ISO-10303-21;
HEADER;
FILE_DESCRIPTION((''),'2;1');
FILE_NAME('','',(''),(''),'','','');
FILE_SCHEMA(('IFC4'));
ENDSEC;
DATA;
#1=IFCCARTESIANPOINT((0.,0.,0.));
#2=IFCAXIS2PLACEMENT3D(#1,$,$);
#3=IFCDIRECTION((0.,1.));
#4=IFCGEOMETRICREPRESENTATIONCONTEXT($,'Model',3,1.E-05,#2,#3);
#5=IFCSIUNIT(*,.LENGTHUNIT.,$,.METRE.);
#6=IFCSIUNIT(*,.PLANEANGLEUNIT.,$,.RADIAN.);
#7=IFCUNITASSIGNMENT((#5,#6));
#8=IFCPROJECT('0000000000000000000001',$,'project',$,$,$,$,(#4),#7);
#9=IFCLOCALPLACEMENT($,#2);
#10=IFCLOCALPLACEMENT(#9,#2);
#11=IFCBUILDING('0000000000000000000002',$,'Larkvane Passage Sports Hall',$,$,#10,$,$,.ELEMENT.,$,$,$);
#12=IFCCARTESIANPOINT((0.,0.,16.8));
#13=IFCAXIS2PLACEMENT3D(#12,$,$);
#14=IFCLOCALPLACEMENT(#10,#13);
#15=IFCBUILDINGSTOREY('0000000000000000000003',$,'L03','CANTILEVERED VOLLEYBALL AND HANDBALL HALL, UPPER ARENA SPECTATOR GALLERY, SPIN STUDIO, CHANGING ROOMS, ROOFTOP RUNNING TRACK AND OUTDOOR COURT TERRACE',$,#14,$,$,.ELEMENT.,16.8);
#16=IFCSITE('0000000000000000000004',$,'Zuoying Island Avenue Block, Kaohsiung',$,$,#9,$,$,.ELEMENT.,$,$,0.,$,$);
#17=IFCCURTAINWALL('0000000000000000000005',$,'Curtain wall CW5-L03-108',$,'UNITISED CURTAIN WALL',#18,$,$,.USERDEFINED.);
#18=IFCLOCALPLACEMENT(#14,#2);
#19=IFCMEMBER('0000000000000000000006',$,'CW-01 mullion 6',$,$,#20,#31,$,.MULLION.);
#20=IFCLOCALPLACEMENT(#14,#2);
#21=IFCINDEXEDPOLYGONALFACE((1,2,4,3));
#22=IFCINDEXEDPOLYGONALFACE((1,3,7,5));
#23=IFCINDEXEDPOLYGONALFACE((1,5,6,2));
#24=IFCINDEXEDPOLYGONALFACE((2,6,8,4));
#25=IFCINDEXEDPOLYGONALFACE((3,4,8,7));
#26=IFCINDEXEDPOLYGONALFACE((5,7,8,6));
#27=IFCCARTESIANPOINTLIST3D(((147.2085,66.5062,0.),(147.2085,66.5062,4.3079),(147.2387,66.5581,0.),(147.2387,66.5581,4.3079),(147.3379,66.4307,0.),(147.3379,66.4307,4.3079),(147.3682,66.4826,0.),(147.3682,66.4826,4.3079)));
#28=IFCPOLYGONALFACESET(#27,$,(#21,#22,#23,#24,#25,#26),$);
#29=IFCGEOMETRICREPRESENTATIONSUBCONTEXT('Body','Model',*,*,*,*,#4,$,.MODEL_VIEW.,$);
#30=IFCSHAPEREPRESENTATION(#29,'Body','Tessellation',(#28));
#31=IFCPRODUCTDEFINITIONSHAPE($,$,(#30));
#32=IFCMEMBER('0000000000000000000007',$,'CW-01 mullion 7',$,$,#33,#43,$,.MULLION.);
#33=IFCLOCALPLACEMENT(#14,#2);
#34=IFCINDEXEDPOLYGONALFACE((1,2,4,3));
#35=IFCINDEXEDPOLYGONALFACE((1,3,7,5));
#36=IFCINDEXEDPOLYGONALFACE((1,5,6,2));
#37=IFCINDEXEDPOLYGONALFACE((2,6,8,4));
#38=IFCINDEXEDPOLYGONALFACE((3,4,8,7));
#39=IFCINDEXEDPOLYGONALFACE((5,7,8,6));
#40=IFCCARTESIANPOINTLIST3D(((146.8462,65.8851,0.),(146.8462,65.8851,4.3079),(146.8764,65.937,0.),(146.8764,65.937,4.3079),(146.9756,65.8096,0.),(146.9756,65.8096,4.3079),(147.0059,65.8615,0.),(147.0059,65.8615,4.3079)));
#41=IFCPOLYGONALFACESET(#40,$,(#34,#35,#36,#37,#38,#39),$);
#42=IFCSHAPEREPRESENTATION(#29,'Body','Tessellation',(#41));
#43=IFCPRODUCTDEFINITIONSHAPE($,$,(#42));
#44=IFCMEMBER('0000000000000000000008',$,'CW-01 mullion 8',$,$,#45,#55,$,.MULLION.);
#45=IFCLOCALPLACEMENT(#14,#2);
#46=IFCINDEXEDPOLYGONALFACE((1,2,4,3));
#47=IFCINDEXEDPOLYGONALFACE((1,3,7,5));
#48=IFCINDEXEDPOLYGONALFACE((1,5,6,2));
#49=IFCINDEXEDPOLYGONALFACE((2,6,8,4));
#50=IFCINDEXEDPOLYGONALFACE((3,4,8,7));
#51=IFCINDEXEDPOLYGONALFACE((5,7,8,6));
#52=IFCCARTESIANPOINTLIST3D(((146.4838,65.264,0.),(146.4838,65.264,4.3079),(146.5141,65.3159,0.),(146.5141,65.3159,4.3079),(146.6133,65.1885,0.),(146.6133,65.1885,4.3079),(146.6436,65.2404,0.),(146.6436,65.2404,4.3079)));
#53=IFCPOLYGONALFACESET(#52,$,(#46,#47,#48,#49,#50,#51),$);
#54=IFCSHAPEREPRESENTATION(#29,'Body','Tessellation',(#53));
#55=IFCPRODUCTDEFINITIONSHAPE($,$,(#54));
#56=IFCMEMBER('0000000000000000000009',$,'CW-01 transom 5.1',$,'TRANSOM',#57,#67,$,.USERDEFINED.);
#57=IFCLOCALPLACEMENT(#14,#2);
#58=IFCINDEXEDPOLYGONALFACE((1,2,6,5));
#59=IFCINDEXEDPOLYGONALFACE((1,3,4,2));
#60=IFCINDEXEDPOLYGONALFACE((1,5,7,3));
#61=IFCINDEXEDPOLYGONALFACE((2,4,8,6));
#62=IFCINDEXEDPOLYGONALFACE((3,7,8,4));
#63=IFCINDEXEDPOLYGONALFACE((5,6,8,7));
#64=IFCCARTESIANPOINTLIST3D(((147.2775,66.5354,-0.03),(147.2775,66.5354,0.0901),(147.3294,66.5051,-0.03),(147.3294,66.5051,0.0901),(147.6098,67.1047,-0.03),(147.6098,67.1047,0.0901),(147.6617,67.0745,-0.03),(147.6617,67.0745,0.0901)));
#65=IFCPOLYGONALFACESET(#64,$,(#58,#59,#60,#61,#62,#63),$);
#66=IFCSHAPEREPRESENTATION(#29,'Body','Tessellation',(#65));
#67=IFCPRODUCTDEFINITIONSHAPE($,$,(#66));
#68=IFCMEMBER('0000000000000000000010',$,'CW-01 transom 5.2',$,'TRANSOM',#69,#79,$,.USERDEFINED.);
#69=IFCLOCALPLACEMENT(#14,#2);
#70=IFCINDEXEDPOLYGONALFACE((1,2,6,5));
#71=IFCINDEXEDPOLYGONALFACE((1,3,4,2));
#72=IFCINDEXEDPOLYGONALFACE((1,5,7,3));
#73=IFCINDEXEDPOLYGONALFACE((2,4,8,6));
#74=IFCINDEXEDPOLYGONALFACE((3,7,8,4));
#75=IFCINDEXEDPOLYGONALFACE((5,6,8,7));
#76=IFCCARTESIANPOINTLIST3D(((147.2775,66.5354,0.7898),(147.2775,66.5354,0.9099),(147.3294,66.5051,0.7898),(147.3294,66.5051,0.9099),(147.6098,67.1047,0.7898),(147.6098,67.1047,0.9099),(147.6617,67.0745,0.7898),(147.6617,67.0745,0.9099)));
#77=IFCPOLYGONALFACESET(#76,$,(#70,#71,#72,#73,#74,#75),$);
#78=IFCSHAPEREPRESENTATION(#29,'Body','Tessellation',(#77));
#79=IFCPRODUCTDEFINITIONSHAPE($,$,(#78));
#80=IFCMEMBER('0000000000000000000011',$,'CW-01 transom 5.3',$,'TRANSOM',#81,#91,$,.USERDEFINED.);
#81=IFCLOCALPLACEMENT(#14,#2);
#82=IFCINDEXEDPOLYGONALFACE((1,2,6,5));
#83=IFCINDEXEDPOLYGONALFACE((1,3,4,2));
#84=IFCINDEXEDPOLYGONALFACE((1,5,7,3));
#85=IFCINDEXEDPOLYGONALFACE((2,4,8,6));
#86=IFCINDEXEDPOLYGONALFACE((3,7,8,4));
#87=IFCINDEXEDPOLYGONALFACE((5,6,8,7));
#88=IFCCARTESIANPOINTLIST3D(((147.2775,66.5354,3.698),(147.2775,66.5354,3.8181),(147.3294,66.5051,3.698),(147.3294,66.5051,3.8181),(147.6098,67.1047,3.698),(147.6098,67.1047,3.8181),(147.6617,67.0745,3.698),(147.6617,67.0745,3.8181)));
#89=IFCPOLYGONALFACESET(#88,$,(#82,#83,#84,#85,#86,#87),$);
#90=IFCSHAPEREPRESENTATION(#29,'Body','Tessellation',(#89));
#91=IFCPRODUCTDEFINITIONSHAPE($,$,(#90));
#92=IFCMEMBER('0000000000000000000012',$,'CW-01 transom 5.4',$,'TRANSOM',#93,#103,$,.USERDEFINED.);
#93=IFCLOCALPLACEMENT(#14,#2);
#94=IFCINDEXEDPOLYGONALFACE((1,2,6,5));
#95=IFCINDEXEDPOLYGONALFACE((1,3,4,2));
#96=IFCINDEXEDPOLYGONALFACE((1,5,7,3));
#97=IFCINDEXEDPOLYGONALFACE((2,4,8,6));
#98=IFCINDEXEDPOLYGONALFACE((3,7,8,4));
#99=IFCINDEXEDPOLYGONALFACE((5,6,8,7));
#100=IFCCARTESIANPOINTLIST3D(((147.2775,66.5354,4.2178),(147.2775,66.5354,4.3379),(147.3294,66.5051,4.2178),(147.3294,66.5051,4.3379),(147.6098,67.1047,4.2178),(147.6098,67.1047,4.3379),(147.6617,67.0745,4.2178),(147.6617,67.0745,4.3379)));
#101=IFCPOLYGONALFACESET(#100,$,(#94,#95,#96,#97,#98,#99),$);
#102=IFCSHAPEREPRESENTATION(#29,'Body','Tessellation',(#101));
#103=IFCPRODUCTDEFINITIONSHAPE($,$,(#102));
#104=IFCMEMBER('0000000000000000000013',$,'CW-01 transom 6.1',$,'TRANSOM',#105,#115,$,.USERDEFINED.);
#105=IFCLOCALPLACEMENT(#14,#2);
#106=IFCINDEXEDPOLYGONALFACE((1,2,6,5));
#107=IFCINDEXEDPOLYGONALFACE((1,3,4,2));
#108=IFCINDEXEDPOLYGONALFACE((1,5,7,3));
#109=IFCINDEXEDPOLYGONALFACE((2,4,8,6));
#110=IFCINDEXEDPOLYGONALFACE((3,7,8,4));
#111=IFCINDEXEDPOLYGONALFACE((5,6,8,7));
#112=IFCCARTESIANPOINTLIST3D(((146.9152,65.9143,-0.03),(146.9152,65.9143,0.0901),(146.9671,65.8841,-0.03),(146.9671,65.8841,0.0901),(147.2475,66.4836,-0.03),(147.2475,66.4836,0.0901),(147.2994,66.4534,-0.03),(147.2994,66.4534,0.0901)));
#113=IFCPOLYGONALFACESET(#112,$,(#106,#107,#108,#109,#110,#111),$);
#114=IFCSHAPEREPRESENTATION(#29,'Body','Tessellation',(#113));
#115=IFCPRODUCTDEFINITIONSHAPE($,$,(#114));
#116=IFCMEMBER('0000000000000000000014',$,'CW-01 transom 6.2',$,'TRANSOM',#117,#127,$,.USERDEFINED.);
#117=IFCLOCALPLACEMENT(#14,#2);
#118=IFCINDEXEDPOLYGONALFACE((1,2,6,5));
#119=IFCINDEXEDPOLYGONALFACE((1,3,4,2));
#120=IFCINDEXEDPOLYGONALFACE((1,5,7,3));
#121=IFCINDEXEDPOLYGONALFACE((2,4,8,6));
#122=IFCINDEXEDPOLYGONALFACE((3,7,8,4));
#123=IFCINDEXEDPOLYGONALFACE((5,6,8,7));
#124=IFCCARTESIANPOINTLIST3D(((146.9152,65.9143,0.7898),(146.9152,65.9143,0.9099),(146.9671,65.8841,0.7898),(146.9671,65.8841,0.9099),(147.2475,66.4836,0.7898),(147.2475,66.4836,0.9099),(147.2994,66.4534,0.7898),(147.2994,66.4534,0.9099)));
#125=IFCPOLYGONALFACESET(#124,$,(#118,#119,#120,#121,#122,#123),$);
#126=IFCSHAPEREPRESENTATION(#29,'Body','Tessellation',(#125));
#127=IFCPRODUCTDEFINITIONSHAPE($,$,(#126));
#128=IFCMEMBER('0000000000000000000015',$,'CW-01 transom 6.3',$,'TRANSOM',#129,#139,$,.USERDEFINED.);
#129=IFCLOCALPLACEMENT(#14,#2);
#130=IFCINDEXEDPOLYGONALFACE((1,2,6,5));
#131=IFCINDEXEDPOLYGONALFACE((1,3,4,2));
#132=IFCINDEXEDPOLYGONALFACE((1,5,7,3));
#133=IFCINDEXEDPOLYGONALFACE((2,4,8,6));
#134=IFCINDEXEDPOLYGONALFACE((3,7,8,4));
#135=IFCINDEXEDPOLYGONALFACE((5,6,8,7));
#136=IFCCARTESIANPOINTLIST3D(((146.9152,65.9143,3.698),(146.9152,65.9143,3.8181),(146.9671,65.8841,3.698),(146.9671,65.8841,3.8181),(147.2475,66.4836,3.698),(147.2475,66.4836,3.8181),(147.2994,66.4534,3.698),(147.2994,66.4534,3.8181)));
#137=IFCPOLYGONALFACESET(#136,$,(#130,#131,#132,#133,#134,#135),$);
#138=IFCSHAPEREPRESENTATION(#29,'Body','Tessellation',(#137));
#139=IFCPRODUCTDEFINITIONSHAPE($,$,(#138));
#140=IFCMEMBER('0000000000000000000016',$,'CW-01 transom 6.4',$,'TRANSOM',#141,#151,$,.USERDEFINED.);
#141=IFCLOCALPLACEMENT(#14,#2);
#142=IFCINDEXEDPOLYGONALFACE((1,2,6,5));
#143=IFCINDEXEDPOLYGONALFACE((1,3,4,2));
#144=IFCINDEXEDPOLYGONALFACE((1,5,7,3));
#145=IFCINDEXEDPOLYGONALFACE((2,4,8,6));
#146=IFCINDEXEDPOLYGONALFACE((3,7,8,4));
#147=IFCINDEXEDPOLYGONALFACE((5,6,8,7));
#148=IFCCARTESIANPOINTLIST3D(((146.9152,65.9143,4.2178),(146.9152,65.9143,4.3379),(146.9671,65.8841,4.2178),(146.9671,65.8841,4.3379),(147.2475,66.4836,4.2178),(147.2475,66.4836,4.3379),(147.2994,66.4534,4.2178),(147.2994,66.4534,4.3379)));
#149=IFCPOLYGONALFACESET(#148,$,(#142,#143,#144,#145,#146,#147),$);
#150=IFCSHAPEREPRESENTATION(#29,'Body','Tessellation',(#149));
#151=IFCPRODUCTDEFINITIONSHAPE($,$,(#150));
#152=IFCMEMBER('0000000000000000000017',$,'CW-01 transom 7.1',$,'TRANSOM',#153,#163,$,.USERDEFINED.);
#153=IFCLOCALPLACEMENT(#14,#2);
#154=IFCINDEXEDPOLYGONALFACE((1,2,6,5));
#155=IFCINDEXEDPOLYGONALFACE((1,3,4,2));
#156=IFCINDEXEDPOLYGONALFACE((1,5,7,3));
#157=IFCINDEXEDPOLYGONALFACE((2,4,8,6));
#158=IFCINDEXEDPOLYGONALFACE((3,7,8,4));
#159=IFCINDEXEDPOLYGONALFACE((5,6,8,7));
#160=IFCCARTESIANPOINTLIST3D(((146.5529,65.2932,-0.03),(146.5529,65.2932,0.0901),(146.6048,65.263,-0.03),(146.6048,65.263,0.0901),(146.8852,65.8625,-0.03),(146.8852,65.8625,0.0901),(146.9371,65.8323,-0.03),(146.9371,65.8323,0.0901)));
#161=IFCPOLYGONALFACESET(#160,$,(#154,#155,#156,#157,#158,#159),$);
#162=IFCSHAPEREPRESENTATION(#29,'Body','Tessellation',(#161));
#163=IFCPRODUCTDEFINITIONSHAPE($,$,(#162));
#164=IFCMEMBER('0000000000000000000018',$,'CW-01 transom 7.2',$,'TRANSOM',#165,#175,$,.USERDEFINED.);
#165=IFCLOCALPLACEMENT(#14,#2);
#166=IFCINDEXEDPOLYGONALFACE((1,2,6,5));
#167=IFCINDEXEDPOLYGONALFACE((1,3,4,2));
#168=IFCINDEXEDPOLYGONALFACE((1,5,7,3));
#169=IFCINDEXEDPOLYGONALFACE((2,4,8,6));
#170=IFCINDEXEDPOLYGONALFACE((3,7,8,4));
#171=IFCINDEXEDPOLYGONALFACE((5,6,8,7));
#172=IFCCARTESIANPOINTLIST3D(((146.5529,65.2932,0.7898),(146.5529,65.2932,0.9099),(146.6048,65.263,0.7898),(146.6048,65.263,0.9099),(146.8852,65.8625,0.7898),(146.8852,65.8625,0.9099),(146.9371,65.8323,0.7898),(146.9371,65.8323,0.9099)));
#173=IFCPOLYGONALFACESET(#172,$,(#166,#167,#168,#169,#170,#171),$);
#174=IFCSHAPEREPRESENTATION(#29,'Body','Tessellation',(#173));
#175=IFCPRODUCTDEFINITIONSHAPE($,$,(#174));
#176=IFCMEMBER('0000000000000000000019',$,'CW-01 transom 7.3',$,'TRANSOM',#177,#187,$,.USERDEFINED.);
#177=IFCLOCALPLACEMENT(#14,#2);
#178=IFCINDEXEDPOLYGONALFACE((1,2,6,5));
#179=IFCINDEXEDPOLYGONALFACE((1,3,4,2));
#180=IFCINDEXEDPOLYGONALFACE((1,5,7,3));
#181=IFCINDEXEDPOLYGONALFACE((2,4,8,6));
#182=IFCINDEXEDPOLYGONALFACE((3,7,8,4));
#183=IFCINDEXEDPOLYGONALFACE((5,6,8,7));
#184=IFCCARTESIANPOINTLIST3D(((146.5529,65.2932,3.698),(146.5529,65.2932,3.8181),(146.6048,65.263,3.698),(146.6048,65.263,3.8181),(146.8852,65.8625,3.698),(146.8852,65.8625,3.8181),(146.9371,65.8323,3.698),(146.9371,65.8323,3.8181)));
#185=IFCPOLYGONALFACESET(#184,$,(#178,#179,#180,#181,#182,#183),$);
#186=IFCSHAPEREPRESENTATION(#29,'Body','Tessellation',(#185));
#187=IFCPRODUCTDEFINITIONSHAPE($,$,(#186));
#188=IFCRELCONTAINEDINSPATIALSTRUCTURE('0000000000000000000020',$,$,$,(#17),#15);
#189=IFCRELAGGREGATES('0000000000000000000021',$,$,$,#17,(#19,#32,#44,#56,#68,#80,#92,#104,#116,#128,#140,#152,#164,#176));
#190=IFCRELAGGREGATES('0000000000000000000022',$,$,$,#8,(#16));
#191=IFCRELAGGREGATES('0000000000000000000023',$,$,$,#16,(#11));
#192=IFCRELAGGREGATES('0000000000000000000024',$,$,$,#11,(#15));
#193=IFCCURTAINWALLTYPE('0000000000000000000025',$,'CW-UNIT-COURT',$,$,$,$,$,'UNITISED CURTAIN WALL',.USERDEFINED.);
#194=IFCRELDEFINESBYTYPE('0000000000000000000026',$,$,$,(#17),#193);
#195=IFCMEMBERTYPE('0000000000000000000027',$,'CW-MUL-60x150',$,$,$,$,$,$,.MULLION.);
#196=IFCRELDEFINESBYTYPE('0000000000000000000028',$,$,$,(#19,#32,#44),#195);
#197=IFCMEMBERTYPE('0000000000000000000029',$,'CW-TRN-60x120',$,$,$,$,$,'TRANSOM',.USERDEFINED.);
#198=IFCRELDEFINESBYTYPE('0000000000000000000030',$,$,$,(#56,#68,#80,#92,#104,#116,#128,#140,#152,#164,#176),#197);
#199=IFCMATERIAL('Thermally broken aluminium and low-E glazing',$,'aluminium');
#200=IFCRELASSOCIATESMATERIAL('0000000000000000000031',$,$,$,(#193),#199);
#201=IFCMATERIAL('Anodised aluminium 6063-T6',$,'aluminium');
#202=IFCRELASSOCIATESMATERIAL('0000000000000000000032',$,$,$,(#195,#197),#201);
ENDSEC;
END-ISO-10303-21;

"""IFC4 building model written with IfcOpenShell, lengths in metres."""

from ifc_helpers import new_model, si_unit, direction, frame, origin, origin_2d, place, context, subcontext, project, spatial, rectangle, extrude, material, material_profile, profile_set, type_object, element, aggregate, save


model = new_model("IFC4")

# Units and contexts
model_context = context("Model", 3, precision=1e-05, world=origin(), true_north=direction((0.0, 1.0)))
body_context = subcontext(model_context, "Body", "Model", "MODEL_VIEW")
ifc_project = project(units=[si_unit("LENGTHUNIT", "METRE"), si_unit("PLANEANGLEUNIT", "RADIAN")], contexts=[model_context])

# Site, building, storey
site_placement = place(None, origin())
site = spatial("IfcSite", under=ifc_project, at=site_placement, Name="Zuoying Island Avenue Block, Kaohsiung", CompositionType="ELEMENT", RefElevation=0.0)
building_placement = place(site_placement, origin())
building = spatial("IfcBuilding", under=site, at=building_placement, Name="Larkvane Passage Sports Hall", CompositionType="ELEMENT")
storey_placement = place(building_placement, frame((0.0, 0.0, 16.8)))
storey = spatial("IfcBuildingStorey", under=building, at=storey_placement, Name="L03", Description="CANTILEVERED VOLLEYBALL AND HANDBALL HALL, UPPER ARENA SPECTATOR GALLERY, SPIN STUDIO, CHANGING ROOMS, ROOFTOP RUNNING TRACK AND OUTDOOR COURT TERRACE", CompositionType="ELEMENT", Elevation=16.8)

# Curtain wall, members
ifc_material_1 = material(Name="Thermally broken aluminium and low-E glazing", Category="aluminium")
curtain_wall_type = type_object("IfcCurtainWallType", Name="CW-UNIT-COURT", ElementType="UNITISED CURTAIN WALL", PredefinedType="USERDEFINED", material=ifc_material_1)
curtain_wall_placement = place(storey_placement, origin())
curtain_wall = element("IfcCurtainWall", 1, at=curtain_wall_placement, inside=storey, type_object=curtain_wall_type, Name="Curtain wall CW5-L03-108", ObjectType="UNITISED CURTAIN WALL", PredefinedType="USERDEFINED")
ifc_material_2 = material(Name="Anodised aluminium 6063-T6", Category="aluminium")
ifc_material_profile_1 = material_profile(ifc_material_2, rectangle(XDim=0.0601, YDim=0.1499, at=origin_2d()), Name="ALU-MUL-60x150")
ifc_profile_set_1 = profile_set([ifc_material_profile_1], Name="Anodised aluminium 6063-T6")
member_type_1 = type_object("IfcMemberType", Name="CW-MUL-60x150", PredefinedType="MULLION", material=ifc_profile_set_1)
member_1_placement = place(storey_placement, frame((147.2883, 66.4944, 0.0), z_axis=(0.0, 0.0, 1.0), x_axis=(-0.503867, -0.863781, 0.0)))
member_1 = element("IfcMember", 2, at=member_1_placement, type_object=member_type_1, Name="CW-01 mullion 6", PredefinedType="MULLION", context=body_context, shape_type="SweptSolid", body=[
    extrude(rectangle(XDim=0.0601, YDim=0.1499, at=origin_2d()), origin(), (0.0, 0.0, 1.0), 4.3079),
])
member_2_placement = place(storey_placement, frame((146.926, 65.8733, 0.0), z_axis=(0.0, 0.0, 1.0), x_axis=(-0.503867, -0.863781, 0.0)))
member_2 = element("IfcMember", 3, at=member_2_placement, type_object=member_type_1, Name="CW-01 mullion 7", PredefinedType="MULLION", context=body_context, shape_type="SweptSolid", body=[
    extrude(rectangle(XDim=0.0601, YDim=0.1499, at=origin_2d()), origin(), (0.0, 0.0, 1.0), 4.3079),
])
member_3_placement = place(storey_placement, frame((146.5637, 65.2522, 0.0), z_axis=(0.0, 0.0, 1.0), x_axis=(-0.503867, -0.863781, 0.0)))
member_3 = element("IfcMember", 4, at=member_3_placement, type_object=member_type_1, Name="CW-01 mullion 8", PredefinedType="MULLION", context=body_context, shape_type="SweptSolid", body=[
    extrude(rectangle(XDim=0.0601, YDim=0.1499, at=origin_2d()), origin(), (0.0, 0.0, 1.0), 4.3079),
])
ifc_material_profile_2 = material_profile(ifc_material_2, rectangle(XDim=0.0601, YDim=0.1201, at=origin_2d()), Name="ALU-TRN-60x120")
ifc_profile_set_2 = profile_set([ifc_material_profile_2], Name="Anodised aluminium 6063-T6")
member_type_2 = type_object("IfcMemberType", Name="CW-TRN-60x120", ElementType="TRANSOM", PredefinedType="USERDEFINED", material=ifc_profile_set_2)
member_4_placement = place(storey_placement, frame((147.6357, 67.0896, 0.03), z_axis=(-0.504055, -0.863671, 0.0), x_axis=(0.863671, -0.504055, 0.0)))
member_4 = element("IfcMember", 5, at=member_4_placement, type_object=member_type_2, Name="CW-01 transom 5.1", ObjectType="TRANSOM", PredefinedType="USERDEFINED", context=body_context, shape_type="SweptSolid", body=[
    extrude(rectangle(XDim=0.0601, YDim=0.1201, at=origin_2d()), origin(), (0.0, 0.0, 1.0), 0.6592),
])
member_5_placement = place(storey_placement, frame((147.6357, 67.0896, 0.8499), z_axis=(-0.504055, -0.863671, 0.0), x_axis=(0.863671, -0.504055, 0.0)))
member_5 = element("IfcMember", 6, at=member_5_placement, type_object=member_type_2, Name="CW-01 transom 5.2", ObjectType="TRANSOM", PredefinedType="USERDEFINED", context=body_context, shape_type="SweptSolid", body=[
    extrude(rectangle(XDim=0.0601, YDim=0.1201, at=origin_2d()), origin(), (0.0, 0.0, 1.0), 0.6592),
])
member_6_placement = place(storey_placement, frame((147.6357, 67.0896, 3.7581), z_axis=(-0.504055, -0.863671, 0.0), x_axis=(0.863671, -0.504055, 0.0)))
member_6 = element("IfcMember", 7, at=member_6_placement, type_object=member_type_2, Name="CW-01 transom 5.3", ObjectType="TRANSOM", PredefinedType="USERDEFINED", context=body_context, shape_type="SweptSolid", body=[
    extrude(rectangle(XDim=0.0601, YDim=0.1201, at=origin_2d()), origin(), (0.0, 0.0, 1.0), 0.6592),
])
member_7_placement = place(storey_placement, frame((147.6357, 67.0896, 4.2778), z_axis=(-0.504055, -0.863671, 0.0), x_axis=(0.863671, -0.504055, 0.0)))
member_7 = element("IfcMember", 8, at=member_7_placement, type_object=member_type_2, Name="CW-01 transom 5.4", ObjectType="TRANSOM", PredefinedType="USERDEFINED", context=body_context, shape_type="SweptSolid", body=[
    extrude(rectangle(XDim=0.0601, YDim=0.1201, at=origin_2d()), origin(), (0.0, 0.0, 1.0), 0.6592),
])
member_8_placement = place(storey_placement, frame((147.2734, 66.4685, 0.03), z_axis=(-0.504055, -0.863671, 0.0), x_axis=(0.863671, -0.504055, 0.0)))
member_8 = element("IfcMember", 9, at=member_8_placement, type_object=member_type_2, Name="CW-01 transom 6.1", ObjectType="TRANSOM", PredefinedType="USERDEFINED", context=body_context, shape_type="SweptSolid", body=[
    extrude(rectangle(XDim=0.0601, YDim=0.1201, at=origin_2d()), origin(), (0.0, 0.0, 1.0), 0.6592),
])
member_9_placement = place(storey_placement, frame((147.2734, 66.4685, 0.8499), z_axis=(-0.504055, -0.863671, 0.0), x_axis=(0.863671, -0.504055, 0.0)))
member_9 = element("IfcMember", 10, at=member_9_placement, type_object=member_type_2, Name="CW-01 transom 6.2", ObjectType="TRANSOM", PredefinedType="USERDEFINED", context=body_context, shape_type="SweptSolid", body=[
    extrude(rectangle(XDim=0.0601, YDim=0.1201, at=origin_2d()), origin(), (0.0, 0.0, 1.0), 0.6592),
])
member_10_placement = place(storey_placement, frame((147.2734, 66.4685, 3.7581), z_axis=(-0.504055, -0.863671, 0.0), x_axis=(0.863671, -0.504055, 0.0)))
member_10 = element("IfcMember", 11, at=member_10_placement, type_object=member_type_2, Name="CW-01 transom 6.3", ObjectType="TRANSOM", PredefinedType="USERDEFINED", context=body_context, shape_type="SweptSolid", body=[
    extrude(rectangle(XDim=0.0601, YDim=0.1201, at=origin_2d()), origin(), (0.0, 0.0, 1.0), 0.6592),
])
member_11_placement = place(storey_placement, frame((147.2734, 66.4685, 4.2778), z_axis=(-0.504055, -0.863671, 0.0), x_axis=(0.863671, -0.504055, 0.0)))
member_11 = element("IfcMember", 12, at=member_11_placement, type_object=member_type_2, Name="CW-01 transom 6.4", ObjectType="TRANSOM", PredefinedType="USERDEFINED", context=body_context, shape_type="SweptSolid", body=[
    extrude(rectangle(XDim=0.0601, YDim=0.1201, at=origin_2d()), origin(), (0.0, 0.0, 1.0), 0.6592),
])
member_12_placement = place(storey_placement, frame((146.9111, 65.8474, 0.03), z_axis=(-0.504055, -0.863671, 0.0), x_axis=(0.863671, -0.504055, 0.0)))
member_12 = element("IfcMember", 13, at=member_12_placement, type_object=member_type_2, Name="CW-01 transom 7.1", ObjectType="TRANSOM", PredefinedType="USERDEFINED", context=body_context, shape_type="SweptSolid", body=[
    extrude(rectangle(XDim=0.0601, YDim=0.1201, at=origin_2d()), origin(), (0.0, 0.0, 1.0), 0.6592),
])
member_13_placement = place(storey_placement, frame((146.9111, 65.8474, 0.8499), z_axis=(-0.504055, -0.863671, 0.0), x_axis=(0.863671, -0.504055, 0.0)))
member_13 = element("IfcMember", 14, at=member_13_placement, type_object=member_type_2, Name="CW-01 transom 7.2", ObjectType="TRANSOM", PredefinedType="USERDEFINED", context=body_context, shape_type="SweptSolid", body=[
    extrude(rectangle(XDim=0.0601, YDim=0.1201, at=origin_2d()), origin(), (0.0, 0.0, 1.0), 0.6592),
])
member_14_placement = place(storey_placement, frame((146.9111, 65.8474, 3.7581), z_axis=(-0.504055, -0.863671, 0.0), x_axis=(0.863671, -0.504055, 0.0)))
member_14 = element("IfcMember", 15, at=member_14_placement, type_object=member_type_2, Name="CW-01 transom 7.3", ObjectType="TRANSOM", PredefinedType="USERDEFINED", context=body_context, shape_type="SweptSolid", body=[
    extrude(rectangle(XDim=0.0601, YDim=0.1201, at=origin_2d()), origin(), (0.0, 0.0, 1.0), 0.6592),
])
aggregate(curtain_wall, [member_1, member_2, member_3, member_4, member_5, member_6, member_7, member_8, member_9, member_10, member_11, member_12, member_13, member_14])

save(model, "model.ifc")
